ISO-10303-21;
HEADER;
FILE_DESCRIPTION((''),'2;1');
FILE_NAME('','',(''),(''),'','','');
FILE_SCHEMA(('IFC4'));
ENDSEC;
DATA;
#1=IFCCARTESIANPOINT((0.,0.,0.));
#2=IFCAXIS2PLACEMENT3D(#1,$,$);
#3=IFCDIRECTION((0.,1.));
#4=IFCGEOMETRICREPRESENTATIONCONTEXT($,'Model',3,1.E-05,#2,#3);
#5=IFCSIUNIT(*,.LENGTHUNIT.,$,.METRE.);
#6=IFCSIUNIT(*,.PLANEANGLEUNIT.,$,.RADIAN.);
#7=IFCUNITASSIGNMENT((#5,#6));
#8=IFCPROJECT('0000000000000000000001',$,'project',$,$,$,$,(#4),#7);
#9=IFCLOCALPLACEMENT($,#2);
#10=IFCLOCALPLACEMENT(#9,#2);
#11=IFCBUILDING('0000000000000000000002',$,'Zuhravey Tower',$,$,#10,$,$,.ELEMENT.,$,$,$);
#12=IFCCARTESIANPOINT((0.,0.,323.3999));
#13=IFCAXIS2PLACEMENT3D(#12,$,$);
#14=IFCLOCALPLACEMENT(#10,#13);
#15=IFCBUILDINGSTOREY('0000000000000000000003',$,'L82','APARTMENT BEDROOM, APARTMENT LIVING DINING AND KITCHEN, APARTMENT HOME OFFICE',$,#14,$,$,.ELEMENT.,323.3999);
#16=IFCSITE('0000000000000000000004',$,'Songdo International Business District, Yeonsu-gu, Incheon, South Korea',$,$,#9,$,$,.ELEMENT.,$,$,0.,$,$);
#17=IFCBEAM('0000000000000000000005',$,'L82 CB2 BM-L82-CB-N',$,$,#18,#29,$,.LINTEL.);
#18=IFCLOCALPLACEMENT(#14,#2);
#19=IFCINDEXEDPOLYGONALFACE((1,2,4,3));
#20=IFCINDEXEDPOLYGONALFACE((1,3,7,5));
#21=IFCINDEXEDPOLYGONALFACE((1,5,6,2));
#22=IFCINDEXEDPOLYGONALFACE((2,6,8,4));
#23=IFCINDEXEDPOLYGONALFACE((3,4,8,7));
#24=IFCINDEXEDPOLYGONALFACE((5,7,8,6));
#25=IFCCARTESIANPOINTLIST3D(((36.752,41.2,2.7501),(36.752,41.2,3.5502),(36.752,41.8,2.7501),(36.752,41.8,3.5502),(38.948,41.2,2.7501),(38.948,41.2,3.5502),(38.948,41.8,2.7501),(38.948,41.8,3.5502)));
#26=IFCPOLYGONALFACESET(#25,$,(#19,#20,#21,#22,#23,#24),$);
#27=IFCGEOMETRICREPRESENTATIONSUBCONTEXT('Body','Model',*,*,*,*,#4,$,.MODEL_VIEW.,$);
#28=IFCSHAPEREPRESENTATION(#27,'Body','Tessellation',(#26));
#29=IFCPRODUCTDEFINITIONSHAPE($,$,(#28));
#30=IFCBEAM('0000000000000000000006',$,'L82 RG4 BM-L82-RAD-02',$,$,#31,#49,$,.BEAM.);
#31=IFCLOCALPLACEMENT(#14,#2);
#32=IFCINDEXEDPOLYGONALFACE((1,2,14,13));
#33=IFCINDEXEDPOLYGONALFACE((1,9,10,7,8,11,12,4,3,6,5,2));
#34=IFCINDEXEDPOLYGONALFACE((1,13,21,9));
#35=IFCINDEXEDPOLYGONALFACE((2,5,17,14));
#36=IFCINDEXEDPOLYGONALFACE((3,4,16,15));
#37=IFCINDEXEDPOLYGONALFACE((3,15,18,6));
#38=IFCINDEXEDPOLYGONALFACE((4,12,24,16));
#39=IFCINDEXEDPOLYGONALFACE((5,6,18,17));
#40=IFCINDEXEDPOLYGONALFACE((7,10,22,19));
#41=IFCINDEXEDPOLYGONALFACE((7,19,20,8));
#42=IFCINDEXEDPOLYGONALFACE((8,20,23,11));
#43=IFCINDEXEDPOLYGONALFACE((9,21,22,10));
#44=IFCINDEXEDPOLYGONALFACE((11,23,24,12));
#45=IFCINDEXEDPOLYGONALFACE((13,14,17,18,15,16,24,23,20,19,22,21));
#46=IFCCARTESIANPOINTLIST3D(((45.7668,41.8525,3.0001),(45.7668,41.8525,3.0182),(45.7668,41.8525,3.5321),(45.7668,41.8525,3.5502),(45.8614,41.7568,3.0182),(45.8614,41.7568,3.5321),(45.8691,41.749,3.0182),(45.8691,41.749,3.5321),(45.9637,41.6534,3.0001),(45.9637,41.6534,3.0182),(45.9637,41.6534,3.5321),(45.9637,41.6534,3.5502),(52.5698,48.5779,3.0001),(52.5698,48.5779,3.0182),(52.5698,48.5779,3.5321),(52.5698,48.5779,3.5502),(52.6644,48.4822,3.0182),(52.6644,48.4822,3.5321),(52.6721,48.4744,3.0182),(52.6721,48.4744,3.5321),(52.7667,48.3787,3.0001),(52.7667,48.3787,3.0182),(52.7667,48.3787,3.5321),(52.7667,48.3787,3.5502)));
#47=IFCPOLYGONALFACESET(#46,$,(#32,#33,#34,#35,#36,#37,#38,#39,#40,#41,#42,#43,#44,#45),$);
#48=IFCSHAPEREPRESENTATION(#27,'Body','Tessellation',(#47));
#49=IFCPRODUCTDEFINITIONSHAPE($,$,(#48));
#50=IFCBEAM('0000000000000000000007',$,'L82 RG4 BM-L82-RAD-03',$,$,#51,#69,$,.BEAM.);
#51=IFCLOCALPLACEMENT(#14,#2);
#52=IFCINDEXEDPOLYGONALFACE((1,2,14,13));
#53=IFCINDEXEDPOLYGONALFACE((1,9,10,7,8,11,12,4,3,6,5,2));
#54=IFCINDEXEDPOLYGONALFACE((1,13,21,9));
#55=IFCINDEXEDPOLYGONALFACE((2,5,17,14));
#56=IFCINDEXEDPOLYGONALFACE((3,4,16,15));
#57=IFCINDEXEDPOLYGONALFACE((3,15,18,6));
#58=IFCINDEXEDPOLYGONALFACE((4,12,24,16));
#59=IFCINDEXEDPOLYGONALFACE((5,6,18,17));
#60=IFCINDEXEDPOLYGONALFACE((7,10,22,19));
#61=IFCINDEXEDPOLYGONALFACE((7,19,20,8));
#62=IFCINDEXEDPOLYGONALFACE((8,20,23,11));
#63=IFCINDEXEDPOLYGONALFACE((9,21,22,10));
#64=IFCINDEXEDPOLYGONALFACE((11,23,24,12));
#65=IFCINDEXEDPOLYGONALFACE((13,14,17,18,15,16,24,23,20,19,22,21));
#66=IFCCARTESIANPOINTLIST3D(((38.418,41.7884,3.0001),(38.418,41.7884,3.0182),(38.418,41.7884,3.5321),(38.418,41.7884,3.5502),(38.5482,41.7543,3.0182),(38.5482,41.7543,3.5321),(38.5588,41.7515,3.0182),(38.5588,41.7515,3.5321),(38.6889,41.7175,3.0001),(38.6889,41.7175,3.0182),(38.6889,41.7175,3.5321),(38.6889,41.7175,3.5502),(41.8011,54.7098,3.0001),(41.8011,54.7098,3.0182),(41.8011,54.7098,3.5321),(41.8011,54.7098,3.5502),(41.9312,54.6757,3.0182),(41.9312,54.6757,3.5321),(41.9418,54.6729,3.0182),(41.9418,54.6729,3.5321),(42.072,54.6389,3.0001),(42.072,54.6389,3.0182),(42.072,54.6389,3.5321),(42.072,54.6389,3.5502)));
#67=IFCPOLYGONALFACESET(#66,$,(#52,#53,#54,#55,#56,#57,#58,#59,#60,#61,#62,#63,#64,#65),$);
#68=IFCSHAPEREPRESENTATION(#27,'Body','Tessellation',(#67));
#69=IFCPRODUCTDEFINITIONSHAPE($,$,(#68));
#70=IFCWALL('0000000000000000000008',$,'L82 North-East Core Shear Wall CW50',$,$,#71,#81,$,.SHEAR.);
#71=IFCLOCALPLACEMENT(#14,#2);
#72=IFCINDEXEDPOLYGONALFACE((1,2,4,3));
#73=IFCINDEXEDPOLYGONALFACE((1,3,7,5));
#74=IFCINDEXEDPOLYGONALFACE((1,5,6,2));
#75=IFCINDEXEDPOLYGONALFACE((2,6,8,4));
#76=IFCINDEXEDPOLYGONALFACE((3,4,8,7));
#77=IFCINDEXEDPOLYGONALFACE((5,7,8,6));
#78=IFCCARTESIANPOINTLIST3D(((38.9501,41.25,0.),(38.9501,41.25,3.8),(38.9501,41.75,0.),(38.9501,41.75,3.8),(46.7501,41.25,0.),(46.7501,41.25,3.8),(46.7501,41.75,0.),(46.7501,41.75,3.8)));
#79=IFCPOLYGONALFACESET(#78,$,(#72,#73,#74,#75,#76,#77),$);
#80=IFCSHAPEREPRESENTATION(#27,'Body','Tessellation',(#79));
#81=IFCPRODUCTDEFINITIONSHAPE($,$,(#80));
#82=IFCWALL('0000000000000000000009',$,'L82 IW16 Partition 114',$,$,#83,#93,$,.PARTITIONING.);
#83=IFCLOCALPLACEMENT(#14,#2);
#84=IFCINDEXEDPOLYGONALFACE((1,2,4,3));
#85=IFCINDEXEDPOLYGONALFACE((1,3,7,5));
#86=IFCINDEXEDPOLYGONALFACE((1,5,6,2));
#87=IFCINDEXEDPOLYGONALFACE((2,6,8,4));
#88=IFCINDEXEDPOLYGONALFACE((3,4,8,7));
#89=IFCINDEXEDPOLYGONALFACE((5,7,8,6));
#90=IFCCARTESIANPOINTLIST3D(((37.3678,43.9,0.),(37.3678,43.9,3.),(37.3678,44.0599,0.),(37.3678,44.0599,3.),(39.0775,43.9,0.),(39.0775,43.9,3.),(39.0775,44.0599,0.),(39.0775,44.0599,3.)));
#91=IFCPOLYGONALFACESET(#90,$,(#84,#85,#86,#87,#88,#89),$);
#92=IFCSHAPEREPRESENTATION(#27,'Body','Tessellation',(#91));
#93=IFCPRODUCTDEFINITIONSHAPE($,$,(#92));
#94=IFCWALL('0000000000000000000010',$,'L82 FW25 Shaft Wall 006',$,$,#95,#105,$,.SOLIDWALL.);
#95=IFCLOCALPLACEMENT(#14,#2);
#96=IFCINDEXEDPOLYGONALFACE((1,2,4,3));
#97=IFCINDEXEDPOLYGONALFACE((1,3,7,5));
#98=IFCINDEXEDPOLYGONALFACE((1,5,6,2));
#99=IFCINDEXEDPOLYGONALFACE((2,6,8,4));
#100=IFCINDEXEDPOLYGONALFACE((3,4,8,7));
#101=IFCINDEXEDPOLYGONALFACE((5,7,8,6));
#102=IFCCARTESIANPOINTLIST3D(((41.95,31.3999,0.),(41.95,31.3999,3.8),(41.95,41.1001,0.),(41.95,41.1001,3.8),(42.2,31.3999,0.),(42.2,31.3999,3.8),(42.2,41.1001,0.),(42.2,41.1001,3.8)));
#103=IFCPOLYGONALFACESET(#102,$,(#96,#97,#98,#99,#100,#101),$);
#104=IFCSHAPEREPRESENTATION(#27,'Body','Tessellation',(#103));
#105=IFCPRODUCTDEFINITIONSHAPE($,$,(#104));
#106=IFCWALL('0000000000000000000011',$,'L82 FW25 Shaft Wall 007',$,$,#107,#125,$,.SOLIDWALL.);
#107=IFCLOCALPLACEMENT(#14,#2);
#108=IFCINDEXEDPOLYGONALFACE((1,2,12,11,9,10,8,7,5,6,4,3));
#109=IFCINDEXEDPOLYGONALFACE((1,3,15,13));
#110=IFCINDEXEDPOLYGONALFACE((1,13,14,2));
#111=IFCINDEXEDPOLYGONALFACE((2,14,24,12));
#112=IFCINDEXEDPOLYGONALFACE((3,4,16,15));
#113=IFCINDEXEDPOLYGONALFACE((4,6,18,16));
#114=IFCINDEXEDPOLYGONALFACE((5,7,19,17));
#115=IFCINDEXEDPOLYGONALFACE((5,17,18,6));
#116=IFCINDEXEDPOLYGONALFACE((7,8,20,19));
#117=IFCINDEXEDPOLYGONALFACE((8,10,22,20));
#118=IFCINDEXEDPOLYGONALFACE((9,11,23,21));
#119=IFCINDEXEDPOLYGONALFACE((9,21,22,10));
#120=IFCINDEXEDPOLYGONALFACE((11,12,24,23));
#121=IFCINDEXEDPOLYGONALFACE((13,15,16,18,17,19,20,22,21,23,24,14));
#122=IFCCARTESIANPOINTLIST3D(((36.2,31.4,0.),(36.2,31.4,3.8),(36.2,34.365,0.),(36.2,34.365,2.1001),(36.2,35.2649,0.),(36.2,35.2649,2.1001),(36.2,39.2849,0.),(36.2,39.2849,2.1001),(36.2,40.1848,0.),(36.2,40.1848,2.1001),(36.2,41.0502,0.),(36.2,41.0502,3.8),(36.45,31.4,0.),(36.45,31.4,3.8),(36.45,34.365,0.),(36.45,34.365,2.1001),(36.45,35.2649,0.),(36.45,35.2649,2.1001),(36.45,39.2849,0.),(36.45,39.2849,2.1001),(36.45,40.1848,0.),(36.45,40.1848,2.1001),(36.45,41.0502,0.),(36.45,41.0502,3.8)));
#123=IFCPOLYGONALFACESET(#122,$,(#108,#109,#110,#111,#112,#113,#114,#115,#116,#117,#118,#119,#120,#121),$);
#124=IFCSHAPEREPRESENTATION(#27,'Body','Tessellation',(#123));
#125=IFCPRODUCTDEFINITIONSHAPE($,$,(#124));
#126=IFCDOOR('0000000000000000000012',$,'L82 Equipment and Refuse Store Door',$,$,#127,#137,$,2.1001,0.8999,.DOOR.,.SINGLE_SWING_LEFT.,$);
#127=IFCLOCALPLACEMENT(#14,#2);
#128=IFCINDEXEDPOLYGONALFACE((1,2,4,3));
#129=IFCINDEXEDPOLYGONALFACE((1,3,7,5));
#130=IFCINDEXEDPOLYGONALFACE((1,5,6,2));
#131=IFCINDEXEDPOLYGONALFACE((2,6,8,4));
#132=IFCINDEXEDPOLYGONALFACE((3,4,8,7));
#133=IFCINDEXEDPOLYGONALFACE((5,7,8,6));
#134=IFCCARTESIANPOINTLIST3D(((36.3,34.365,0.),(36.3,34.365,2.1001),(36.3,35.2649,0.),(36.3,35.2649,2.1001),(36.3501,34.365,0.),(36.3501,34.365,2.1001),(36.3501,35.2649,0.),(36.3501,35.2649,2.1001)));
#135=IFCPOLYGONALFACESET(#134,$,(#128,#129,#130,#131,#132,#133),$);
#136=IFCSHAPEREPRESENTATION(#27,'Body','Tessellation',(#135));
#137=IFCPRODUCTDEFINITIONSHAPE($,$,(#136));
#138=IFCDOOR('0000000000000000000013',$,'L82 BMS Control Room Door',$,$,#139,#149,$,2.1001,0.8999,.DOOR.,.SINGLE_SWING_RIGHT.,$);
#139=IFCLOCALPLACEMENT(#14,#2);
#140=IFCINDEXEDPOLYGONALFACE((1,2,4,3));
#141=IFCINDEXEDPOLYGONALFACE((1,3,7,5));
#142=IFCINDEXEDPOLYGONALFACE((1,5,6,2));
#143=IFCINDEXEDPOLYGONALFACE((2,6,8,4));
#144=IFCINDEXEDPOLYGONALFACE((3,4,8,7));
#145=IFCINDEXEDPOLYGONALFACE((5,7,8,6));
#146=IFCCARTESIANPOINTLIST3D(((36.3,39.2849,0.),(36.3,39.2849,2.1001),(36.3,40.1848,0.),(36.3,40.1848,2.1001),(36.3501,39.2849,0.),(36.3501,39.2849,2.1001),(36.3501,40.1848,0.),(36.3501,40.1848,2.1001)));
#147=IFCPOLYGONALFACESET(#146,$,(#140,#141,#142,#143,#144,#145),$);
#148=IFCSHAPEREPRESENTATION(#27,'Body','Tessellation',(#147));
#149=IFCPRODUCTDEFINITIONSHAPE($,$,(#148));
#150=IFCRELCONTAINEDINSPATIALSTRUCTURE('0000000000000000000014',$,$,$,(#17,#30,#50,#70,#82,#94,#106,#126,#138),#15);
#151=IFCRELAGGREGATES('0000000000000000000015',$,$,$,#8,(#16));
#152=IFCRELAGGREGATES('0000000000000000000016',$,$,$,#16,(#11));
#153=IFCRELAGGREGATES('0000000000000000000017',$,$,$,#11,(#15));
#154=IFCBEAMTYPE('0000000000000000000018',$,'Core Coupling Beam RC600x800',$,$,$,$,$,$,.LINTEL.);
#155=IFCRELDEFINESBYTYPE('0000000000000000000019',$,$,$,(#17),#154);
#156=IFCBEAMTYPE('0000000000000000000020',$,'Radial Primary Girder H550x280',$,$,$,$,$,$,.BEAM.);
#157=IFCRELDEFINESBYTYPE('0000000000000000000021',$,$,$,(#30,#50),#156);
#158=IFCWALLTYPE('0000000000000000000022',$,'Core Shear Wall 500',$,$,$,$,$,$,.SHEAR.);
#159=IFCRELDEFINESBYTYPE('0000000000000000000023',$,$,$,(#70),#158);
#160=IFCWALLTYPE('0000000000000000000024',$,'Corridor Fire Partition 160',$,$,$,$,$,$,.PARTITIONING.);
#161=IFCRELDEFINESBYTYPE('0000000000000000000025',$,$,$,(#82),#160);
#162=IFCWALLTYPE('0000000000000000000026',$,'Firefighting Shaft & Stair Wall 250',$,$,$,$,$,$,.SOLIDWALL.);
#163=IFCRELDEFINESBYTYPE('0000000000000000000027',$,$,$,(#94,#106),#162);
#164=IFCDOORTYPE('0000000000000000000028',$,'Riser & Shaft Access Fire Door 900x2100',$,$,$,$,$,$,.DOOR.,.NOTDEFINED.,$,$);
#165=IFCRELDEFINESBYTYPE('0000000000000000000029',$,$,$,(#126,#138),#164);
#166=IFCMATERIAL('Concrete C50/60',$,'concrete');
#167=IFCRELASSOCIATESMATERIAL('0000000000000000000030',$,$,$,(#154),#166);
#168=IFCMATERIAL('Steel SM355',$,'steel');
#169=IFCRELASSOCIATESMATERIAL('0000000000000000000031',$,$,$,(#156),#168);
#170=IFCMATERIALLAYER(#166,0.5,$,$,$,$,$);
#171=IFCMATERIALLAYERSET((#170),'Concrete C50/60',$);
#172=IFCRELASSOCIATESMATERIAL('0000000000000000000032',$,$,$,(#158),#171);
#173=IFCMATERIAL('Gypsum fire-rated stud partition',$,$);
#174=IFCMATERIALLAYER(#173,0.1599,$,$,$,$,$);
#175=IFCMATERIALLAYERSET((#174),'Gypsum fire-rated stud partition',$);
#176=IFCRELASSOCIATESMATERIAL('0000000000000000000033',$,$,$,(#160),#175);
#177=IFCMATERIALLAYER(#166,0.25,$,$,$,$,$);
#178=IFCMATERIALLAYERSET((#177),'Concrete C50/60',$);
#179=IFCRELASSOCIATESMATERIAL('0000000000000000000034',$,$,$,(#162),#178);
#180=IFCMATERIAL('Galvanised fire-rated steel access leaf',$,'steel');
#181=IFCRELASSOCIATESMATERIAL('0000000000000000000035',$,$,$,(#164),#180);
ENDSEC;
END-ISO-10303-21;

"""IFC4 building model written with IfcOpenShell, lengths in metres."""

from ifc_helpers import new_model, si_unit, direction, frame, frame_2d, origin, origin_2d, place, context, subcontext, project, spatial, rectangle, i_section, extrude, material, layer, layer_set, material_profile, profile_set, type_object, element, fill, save


model = new_model("IFC4")

# Units and contexts
model_context = context("Model", 3, precision=1e-05, world=origin(), true_north=direction((0.0, 1.0)))
body_context = subcontext(model_context, "Body", "Model", "MODEL_VIEW")
ifc_project = project(units=[si_unit("LENGTHUNIT", "METRE"), si_unit("PLANEANGLEUNIT", "RADIAN")], contexts=[model_context])

# Site, building, storey
site_placement = place(None, origin())
site = spatial("IfcSite", under=ifc_project, at=site_placement, Name="Songdo International Business District, Yeonsu-gu, Incheon, South Korea", CompositionType="ELEMENT", RefElevation=0.0)
building_placement = place(site_placement, origin())
building = spatial("IfcBuilding", under=site, at=building_placement, Name="Zuhravey Tower", CompositionType="ELEMENT")
storey_placement = place(building_placement, frame((0.0, 0.0, 323.3999)))
storey = spatial("IfcBuildingStorey", under=building, at=storey_placement, Name="L82", Description="APARTMENT BEDROOM, APARTMENT LIVING DINING AND KITCHEN, APARTMENT HOME OFFICE", CompositionType="ELEMENT", Elevation=323.3999)

# Beams
ifc_material_1 = material(Name="Concrete C50/60", Category="concrete")
ifc_material_profile_1 = material_profile(ifc_material_1, rectangle(XDim=0.6001, YDim=0.8, at=origin_2d()), Name="RC-600x800")
ifc_profile_set_1 = profile_set([ifc_material_profile_1], Name="Concrete C50/60")
beam_type_1 = type_object("IfcBeamType", Name="Core Coupling Beam RC600x800", PredefinedType="LINTEL", material=ifc_profile_set_1)
beam_1_placement = place(storey_placement, frame((36.752, 41.5, 3.1501), z_axis=(1.0, 0.0, 0.0), x_axis=(0.0, 1.0, 0.0)))
element("IfcBeam", 1, at=beam_1_placement, inside=storey, type_object=beam_type_1, Name="L82 CB2 BM-L82-CB-N", PredefinedType="LINTEL", context=body_context, shape_type="SweptSolid", body=[
    extrude(rectangle(XDim=0.6001, YDim=0.8, at=origin_2d()), origin(), (0.0, 0.0, 1.0), 2.196),
])
ifc_material_2 = material(Name="Steel SM355", Category="steel")
ifc_material_profile_2 = material_profile(ifc_material_2, i_section(OverallWidth=0.28, OverallDepth=0.55, WebThickness=0.011, FlangeThickness=0.0181, at=origin_2d()), Name="H-550x280x11x18")
ifc_profile_set_2 = profile_set([ifc_material_profile_2], Name="Steel SM355")
beam_type_2 = type_object("IfcBeamType", Name="Radial Primary Girder H550x280", PredefinedType="BEAM", material=ifc_profile_set_2)
beam_2_placement = place(storey_placement, frame((45.8652, 41.7529, 3.2751), z_axis=(0.711153, 0.703037, 0.0), x_axis=(-0.703037, 0.711153, 0.0)))
element("IfcBeam", 2, at=beam_2_placement, inside=storey, type_object=beam_type_2, Name="L82 RG4 BM-L82-RAD-02", PredefinedType="BEAM", context=body_context, shape_type="SweptSolid", body=[
    extrude(i_section(OverallWidth=0.28, OverallDepth=0.55, WebThickness=0.011, FlangeThickness=0.0181, at=origin_2d()), origin(), (0.0, 0.0, 1.0), 9.5662),
])
beam_3_placement = place(storey_placement, frame((38.5535, 41.7529, 3.2751), z_axis=(0.253281, 0.967393, 0.0), x_axis=(-0.967393, 0.253281, 0.0)))
element("IfcBeam", 3, at=beam_3_placement, inside=storey, type_object=beam_type_2, Name="L82 RG4 BM-L82-RAD-03", PredefinedType="BEAM", context=body_context, shape_type="SweptSolid", body=[
    extrude(i_section(OverallWidth=0.28, OverallDepth=0.55, WebThickness=0.011, FlangeThickness=0.0181, at=origin_2d()), origin(), (0.0, 0.0, 1.0), 13.3569),
])

# Wall
ifc_layer_1 = layer(ifc_material_1, 0.5)
ifc_layer_set_1 = layer_set([ifc_layer_1], Name="Concrete C50/60")
wall_type_1 = type_object("IfcWallType", Name="Core Shear Wall 500", PredefinedType="SHEAR", material=ifc_layer_set_1)
wall_1_placement = place(storey_placement, frame((46.75, 41.5, 0.0), z_axis=(0.0, 0.0, 1.0), x_axis=(-1.0, 0.0, 0.0)))
element("IfcWall", 4, at=wall_1_placement, inside=storey, type_object=wall_type_1, Name="L82 North-East Core Shear Wall CW50", PredefinedType="SHEAR", context=body_context, shape_type="SweptSolid", body=[
    extrude(rectangle(XDim=7.8, YDim=0.5, at=frame_2d((3.8999, 0.0))), origin(), (0.0, 0.0, 1.0), 3.8),
])

# Shared definitions
ifc_material_3 = material(Name="Gypsum fire-rated stud partition")
ifc_layer_2 = layer(ifc_material_3, 0.1599)
ifc_layer_set_2 = layer_set([ifc_layer_2], Name="Gypsum fire-rated stud partition")
wall_type_2 = type_object("IfcWallType", Name="Corridor Fire Partition 160", PredefinedType="PARTITIONING", material=ifc_layer_set_2)

# Wall
wall_2_placement = place(storey_placement, frame((39.0776, 43.98, 0.0), z_axis=(0.0, 0.0, 1.0), x_axis=(-1.0, 0.0, 0.0)))
element("IfcWall", 5, at=wall_2_placement, inside=storey, type_object=wall_type_2, Name="L82 IW16 Partition 114", PredefinedType="PARTITIONING", context=body_context, shape_type="SweptSolid", body=[
    extrude(rectangle(XDim=1.7097, YDim=0.1599, at=frame_2d((0.855, 0.0))), origin(), (0.0, 0.0, 1.0), 3.0),
])

# Shared definitions
ifc_layer_3 = layer(ifc_material_1, 0.25)
ifc_layer_set_3 = layer_set([ifc_layer_3], Name="Concrete C50/60")
wall_type_3 = type_object("IfcWallType", Name="Firefighting Shaft & Stair Wall 250", PredefinedType="SOLIDWALL", material=ifc_layer_set_3)

# Wall
wall_3_placement = place(storey_placement, frame((42.075, 31.3999, 0.0), z_axis=(0.0, 0.0, 1.0), x_axis=(0.0, 1.0, 0.0)))
element("IfcWall", 6, at=wall_3_placement, inside=storey, type_object=wall_type_3, Name="L82 FW25 Shaft Wall 006", PredefinedType="SOLIDWALL", context=body_context, shape_type="SweptSolid", body=[
    extrude(rectangle(XDim=9.7002, YDim=0.25, at=frame_2d((4.8501, 0.0))), origin(), (0.0, 0.0, 1.0), 3.8),
])

# Wall, openings, doors
wall_4_placement = place(storey_placement, frame((36.325, 31.3999, 0.0), z_axis=(0.0, 0.0, 1.0), x_axis=(0.0, 1.0, 0.0)))
wall_4 = element("IfcWall", 7, at=wall_4_placement, inside=storey, type_object=wall_type_3, Name="L82 FW25 Shaft Wall 007", PredefinedType="SOLIDWALL", context=body_context, shape_type="SweptSolid", body=[
    extrude(rectangle(XDim=9.6501, YDim=0.25, at=frame_2d((4.8252, 0.0))), origin(), (0.0, 0.0, 1.0), 3.8),
])
opening_1_placement = place(wall_4_placement, frame((2.9651, 0.0, 0.0)))
opening_1 = element("IfcOpeningElement", 8, at=opening_1_placement, cuts=wall_4, PredefinedType="OPENING", context=body_context, shape_type="SweptSolid", body=[
    extrude(rectangle(XDim=0.8999, YDim=2.1001, at=frame_2d((0.45, 1.05))), frame((0.0, 0.137, 0.0), z_axis=(0.0, -1.0, 0.0), x_axis=(1.0, 0.0, 0.0)), (0.0, 0.0, 1.0), 0.2739),
])
opening_2_placement = place(wall_4_placement, frame((7.885, 0.0, 0.0)))
opening_2 = element("IfcOpeningElement", 9, at=opening_2_placement, cuts=wall_4, PredefinedType="OPENING", context=body_context, shape_type="SweptSolid", body=[
    extrude(rectangle(XDim=0.8999, YDim=2.1001, at=frame_2d((0.45, 1.05))), frame((0.0, 0.137, 0.0), z_axis=(0.0, -1.0, 0.0), x_axis=(1.0, 0.0, 0.0)), (0.0, 0.0, 1.0), 0.2739),
])
ifc_material_4 = material(Name="Galvanised fire-rated steel access leaf", Category="steel")
door_type_1 = type_object("IfcDoorType", Name="Riser & Shaft Access Fire Door 900x2100", OperationType="NOTDEFINED", PredefinedType="DOOR", material=ifc_material_4)
door_1_placement = place(opening_1_placement, origin())
door_1 = element("IfcDoor", 10, at=door_1_placement, inside=storey, type_object=door_type_1, Name="L82 Equipment and Refuse Store Door", OperationType="SINGLE_SWING_LEFT", OverallHeight=2.1001, OverallWidth=0.8999, PredefinedType="DOOR", context=body_context, shape_type="SweptSolid", body=[
    extrude(rectangle(XDim=0.8999, YDim=2.1001, at=frame_2d((0.45, 1.05))), frame((0.0, 0.0249, 0.0), z_axis=(0.0, -1.0, 0.0), x_axis=(1.0, 0.0, 0.0)), (0.0, 0.0, 1.0), 0.05),
])
fill(opening_1, door_1)
door_2_placement = place(opening_2_placement, origin())
door_2 = element("IfcDoor", 11, at=door_2_placement, inside=storey, type_object=door_type_1, Name="L82 BMS Control Room Door", OperationType="SINGLE_SWING_RIGHT", OverallHeight=2.1001, OverallWidth=0.8999, PredefinedType="DOOR", context=body_context, shape_type="SweptSolid", body=[
    extrude(rectangle(XDim=0.8999, YDim=2.1001, at=frame_2d((0.45, 1.05))), frame((0.0, 0.0249, 0.0), z_axis=(0.0, -1.0, 0.0), x_axis=(1.0, 0.0, 0.0)), (0.0, 0.0, 1.0), 0.05),
])
fill(opening_2, door_2)

save(model, "model.ifc")
